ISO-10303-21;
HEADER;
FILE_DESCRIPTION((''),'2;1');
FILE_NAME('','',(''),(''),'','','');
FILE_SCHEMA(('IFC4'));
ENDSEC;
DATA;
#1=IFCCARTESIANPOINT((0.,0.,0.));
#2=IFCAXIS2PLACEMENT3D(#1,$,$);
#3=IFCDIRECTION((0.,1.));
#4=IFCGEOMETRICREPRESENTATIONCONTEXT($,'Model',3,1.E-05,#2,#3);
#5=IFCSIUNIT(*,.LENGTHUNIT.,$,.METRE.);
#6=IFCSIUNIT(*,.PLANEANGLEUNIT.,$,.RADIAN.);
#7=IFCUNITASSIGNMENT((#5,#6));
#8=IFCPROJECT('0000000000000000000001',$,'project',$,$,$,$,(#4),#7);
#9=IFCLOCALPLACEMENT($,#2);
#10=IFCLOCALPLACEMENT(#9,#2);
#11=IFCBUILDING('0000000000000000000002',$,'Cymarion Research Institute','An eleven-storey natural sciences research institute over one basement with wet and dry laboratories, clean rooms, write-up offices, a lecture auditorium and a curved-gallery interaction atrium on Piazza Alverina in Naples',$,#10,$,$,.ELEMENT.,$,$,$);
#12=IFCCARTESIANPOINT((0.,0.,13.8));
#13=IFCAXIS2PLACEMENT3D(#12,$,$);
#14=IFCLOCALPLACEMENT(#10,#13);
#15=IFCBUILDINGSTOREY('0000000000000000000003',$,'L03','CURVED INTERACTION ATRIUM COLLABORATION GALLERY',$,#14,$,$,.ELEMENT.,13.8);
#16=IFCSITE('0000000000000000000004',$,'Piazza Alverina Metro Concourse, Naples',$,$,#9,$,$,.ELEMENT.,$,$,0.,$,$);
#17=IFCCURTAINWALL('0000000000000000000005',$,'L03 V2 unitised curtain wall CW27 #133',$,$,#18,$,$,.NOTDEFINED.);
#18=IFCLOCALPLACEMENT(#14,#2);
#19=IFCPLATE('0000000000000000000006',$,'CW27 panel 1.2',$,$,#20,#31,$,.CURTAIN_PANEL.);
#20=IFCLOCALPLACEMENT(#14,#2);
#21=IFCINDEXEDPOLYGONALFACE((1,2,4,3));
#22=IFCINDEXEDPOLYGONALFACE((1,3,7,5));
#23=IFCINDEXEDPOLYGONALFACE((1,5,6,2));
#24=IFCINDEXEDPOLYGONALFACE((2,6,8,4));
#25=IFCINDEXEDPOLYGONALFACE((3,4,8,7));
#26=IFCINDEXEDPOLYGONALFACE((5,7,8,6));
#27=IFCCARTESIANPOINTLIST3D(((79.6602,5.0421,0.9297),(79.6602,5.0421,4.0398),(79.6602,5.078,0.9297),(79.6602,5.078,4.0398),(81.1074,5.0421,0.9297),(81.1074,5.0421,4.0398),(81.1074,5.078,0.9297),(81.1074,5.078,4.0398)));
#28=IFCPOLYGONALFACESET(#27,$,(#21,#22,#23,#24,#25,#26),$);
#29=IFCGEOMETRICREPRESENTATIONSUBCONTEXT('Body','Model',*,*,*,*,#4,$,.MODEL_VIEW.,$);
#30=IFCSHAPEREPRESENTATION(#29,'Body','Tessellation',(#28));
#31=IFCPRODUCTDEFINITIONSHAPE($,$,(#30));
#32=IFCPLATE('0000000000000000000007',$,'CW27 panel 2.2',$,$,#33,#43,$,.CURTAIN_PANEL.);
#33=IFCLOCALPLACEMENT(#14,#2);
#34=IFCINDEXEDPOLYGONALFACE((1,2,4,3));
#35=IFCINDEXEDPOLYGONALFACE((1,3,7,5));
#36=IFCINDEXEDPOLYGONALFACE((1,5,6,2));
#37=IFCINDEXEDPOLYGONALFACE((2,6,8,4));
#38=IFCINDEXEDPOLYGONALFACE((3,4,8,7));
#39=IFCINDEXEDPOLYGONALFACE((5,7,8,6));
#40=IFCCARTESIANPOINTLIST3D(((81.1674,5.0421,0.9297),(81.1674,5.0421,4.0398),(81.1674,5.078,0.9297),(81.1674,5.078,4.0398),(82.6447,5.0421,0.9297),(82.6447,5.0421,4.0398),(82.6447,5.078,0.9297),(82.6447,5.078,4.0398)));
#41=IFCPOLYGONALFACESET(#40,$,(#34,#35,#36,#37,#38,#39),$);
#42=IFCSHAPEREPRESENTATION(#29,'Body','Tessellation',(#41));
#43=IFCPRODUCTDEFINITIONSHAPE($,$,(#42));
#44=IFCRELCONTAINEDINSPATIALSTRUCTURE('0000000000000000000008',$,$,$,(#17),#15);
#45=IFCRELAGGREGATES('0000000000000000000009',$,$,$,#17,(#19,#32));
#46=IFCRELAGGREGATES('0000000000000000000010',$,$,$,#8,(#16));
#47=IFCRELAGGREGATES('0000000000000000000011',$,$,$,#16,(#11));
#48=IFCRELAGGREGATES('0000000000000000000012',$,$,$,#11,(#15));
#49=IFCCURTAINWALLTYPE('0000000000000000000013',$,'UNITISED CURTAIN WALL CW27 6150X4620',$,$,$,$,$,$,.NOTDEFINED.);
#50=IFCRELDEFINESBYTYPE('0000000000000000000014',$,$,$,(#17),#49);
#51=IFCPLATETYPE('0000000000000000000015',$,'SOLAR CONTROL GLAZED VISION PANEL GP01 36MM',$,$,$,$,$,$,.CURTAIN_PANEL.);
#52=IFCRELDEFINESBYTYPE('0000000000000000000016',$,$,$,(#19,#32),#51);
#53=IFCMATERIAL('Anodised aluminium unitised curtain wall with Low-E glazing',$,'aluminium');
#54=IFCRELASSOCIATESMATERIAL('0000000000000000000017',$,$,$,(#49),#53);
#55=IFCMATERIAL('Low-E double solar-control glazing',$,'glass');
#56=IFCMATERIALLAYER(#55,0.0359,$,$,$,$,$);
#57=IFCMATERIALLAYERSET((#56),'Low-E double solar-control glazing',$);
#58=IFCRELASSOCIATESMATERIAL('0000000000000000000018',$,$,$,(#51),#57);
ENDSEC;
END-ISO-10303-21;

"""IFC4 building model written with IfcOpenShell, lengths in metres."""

from ifc_helpers import new_model, si_unit, direction, frame, origin, origin_2d, place, context, subcontext, project, spatial, rectangle, extrude, material, layer, layer_set, type_object, element, aggregate, save


model = new_model("IFC4")

# Units and contexts
model_context = context("Model", 3, precision=1e-05, world=origin(), true_north=direction((0.0, 1.0)))
body_context = subcontext(model_context, "Body", "Model", "MODEL_VIEW")
ifc_project = project(units=[si_unit("LENGTHUNIT", "METRE"), si_unit("PLANEANGLEUNIT", "RADIAN")], contexts=[model_context])

# Site, building, storey
site_placement = place(None, origin())
site = spatial("IfcSite", under=ifc_project, at=site_placement, Name="Piazza Alverina Metro Concourse, Naples", CompositionType="ELEMENT", RefElevation=0.0)
building_placement = place(site_placement, origin())
building = spatial("IfcBuilding", under=site, at=building_placement, Name="Cymarion Research Institute", Description="An eleven-storey natural sciences research institute over one basement with wet and dry laboratories, clean rooms, write-up offices, a lecture auditorium and a curved-gallery interaction atrium on Piazza Alverina in Naples", CompositionType="ELEMENT")
storey_placement = place(building_placement, frame((0.0, 0.0, 13.8)))
storey = spatial("IfcBuildingStorey", under=building, at=storey_placement, Name="L03", Description="CURVED INTERACTION ATRIUM COLLABORATION GALLERY", CompositionType="ELEMENT", Elevation=13.8)

# Shared definitions
ifc_material_1 = material(Name="Anodised aluminium unitised curtain wall with Low-E glazing", Category="aluminium")
curtain_wall_type = type_object("IfcCurtainWallType", Name="UNITISED CURTAIN WALL CW27 6150X4620", PredefinedType="NOTDEFINED", material=ifc_material_1)

# Curtain wall
curtain_wall_1_placement = place(storey_placement, origin())
curtain_wall_1 = element("IfcCurtainWall", 1, at=curtain_wall_1_placement, inside=storey, type_object=curtain_wall_type, Name="L03 V2 unitised curtain wall CW27 #133", PredefinedType="NOTDEFINED")

# Plates
ifc_material_2 = material(Name="Low-E double solar-control glazing", Category="glass")
ifc_layer_1 = layer(ifc_material_2, 0.0359)
ifc_layer_set_1 = layer_set([ifc_layer_1], Name="Low-E double solar-control glazing")
plate_type_1 = type_object("IfcPlateType", Name="SOLAR CONTROL GLAZED VISION PANEL GP01 36MM", PredefinedType="CURTAIN_PANEL", material=ifc_layer_set_1)
plate_1_placement = place(storey_placement, frame((80.3838, 5.0601, 0.9297), z_axis=(0.0, 0.0, 1.0), x_axis=(1.0, 0.0, 0.0)))
plate_1 = element("IfcPlate", 2, at=plate_1_placement, type_object=plate_type_1, Name="CW27 panel 1.2", PredefinedType="CURTAIN_PANEL", context=body_context, shape_type="SweptSolid", body=[
    extrude(rectangle(XDim=1.4473, YDim=0.0359, at=origin_2d()), origin(), (0.0, 0.0, 1.0), 3.1101),
])
plate_2_placement = place(storey_placement, frame((81.906, 5.0601, 0.9297), z_axis=(0.0, 0.0, 1.0), x_axis=(1.0, 0.0, 0.0)))
plate_2 = element("IfcPlate", 3, at=plate_2_placement, type_object=plate_type_1, Name="CW27 panel 2.2", PredefinedType="CURTAIN_PANEL", context=body_context, shape_type="SweptSolid", body=[
    extrude(rectangle(XDim=1.4773, YDim=0.0359, at=origin_2d()), origin(), (0.0, 0.0, 1.0), 3.1101),
])
aggregate(curtain_wall_1, [plate_1, plate_2])

save(model, "model.ifc")
